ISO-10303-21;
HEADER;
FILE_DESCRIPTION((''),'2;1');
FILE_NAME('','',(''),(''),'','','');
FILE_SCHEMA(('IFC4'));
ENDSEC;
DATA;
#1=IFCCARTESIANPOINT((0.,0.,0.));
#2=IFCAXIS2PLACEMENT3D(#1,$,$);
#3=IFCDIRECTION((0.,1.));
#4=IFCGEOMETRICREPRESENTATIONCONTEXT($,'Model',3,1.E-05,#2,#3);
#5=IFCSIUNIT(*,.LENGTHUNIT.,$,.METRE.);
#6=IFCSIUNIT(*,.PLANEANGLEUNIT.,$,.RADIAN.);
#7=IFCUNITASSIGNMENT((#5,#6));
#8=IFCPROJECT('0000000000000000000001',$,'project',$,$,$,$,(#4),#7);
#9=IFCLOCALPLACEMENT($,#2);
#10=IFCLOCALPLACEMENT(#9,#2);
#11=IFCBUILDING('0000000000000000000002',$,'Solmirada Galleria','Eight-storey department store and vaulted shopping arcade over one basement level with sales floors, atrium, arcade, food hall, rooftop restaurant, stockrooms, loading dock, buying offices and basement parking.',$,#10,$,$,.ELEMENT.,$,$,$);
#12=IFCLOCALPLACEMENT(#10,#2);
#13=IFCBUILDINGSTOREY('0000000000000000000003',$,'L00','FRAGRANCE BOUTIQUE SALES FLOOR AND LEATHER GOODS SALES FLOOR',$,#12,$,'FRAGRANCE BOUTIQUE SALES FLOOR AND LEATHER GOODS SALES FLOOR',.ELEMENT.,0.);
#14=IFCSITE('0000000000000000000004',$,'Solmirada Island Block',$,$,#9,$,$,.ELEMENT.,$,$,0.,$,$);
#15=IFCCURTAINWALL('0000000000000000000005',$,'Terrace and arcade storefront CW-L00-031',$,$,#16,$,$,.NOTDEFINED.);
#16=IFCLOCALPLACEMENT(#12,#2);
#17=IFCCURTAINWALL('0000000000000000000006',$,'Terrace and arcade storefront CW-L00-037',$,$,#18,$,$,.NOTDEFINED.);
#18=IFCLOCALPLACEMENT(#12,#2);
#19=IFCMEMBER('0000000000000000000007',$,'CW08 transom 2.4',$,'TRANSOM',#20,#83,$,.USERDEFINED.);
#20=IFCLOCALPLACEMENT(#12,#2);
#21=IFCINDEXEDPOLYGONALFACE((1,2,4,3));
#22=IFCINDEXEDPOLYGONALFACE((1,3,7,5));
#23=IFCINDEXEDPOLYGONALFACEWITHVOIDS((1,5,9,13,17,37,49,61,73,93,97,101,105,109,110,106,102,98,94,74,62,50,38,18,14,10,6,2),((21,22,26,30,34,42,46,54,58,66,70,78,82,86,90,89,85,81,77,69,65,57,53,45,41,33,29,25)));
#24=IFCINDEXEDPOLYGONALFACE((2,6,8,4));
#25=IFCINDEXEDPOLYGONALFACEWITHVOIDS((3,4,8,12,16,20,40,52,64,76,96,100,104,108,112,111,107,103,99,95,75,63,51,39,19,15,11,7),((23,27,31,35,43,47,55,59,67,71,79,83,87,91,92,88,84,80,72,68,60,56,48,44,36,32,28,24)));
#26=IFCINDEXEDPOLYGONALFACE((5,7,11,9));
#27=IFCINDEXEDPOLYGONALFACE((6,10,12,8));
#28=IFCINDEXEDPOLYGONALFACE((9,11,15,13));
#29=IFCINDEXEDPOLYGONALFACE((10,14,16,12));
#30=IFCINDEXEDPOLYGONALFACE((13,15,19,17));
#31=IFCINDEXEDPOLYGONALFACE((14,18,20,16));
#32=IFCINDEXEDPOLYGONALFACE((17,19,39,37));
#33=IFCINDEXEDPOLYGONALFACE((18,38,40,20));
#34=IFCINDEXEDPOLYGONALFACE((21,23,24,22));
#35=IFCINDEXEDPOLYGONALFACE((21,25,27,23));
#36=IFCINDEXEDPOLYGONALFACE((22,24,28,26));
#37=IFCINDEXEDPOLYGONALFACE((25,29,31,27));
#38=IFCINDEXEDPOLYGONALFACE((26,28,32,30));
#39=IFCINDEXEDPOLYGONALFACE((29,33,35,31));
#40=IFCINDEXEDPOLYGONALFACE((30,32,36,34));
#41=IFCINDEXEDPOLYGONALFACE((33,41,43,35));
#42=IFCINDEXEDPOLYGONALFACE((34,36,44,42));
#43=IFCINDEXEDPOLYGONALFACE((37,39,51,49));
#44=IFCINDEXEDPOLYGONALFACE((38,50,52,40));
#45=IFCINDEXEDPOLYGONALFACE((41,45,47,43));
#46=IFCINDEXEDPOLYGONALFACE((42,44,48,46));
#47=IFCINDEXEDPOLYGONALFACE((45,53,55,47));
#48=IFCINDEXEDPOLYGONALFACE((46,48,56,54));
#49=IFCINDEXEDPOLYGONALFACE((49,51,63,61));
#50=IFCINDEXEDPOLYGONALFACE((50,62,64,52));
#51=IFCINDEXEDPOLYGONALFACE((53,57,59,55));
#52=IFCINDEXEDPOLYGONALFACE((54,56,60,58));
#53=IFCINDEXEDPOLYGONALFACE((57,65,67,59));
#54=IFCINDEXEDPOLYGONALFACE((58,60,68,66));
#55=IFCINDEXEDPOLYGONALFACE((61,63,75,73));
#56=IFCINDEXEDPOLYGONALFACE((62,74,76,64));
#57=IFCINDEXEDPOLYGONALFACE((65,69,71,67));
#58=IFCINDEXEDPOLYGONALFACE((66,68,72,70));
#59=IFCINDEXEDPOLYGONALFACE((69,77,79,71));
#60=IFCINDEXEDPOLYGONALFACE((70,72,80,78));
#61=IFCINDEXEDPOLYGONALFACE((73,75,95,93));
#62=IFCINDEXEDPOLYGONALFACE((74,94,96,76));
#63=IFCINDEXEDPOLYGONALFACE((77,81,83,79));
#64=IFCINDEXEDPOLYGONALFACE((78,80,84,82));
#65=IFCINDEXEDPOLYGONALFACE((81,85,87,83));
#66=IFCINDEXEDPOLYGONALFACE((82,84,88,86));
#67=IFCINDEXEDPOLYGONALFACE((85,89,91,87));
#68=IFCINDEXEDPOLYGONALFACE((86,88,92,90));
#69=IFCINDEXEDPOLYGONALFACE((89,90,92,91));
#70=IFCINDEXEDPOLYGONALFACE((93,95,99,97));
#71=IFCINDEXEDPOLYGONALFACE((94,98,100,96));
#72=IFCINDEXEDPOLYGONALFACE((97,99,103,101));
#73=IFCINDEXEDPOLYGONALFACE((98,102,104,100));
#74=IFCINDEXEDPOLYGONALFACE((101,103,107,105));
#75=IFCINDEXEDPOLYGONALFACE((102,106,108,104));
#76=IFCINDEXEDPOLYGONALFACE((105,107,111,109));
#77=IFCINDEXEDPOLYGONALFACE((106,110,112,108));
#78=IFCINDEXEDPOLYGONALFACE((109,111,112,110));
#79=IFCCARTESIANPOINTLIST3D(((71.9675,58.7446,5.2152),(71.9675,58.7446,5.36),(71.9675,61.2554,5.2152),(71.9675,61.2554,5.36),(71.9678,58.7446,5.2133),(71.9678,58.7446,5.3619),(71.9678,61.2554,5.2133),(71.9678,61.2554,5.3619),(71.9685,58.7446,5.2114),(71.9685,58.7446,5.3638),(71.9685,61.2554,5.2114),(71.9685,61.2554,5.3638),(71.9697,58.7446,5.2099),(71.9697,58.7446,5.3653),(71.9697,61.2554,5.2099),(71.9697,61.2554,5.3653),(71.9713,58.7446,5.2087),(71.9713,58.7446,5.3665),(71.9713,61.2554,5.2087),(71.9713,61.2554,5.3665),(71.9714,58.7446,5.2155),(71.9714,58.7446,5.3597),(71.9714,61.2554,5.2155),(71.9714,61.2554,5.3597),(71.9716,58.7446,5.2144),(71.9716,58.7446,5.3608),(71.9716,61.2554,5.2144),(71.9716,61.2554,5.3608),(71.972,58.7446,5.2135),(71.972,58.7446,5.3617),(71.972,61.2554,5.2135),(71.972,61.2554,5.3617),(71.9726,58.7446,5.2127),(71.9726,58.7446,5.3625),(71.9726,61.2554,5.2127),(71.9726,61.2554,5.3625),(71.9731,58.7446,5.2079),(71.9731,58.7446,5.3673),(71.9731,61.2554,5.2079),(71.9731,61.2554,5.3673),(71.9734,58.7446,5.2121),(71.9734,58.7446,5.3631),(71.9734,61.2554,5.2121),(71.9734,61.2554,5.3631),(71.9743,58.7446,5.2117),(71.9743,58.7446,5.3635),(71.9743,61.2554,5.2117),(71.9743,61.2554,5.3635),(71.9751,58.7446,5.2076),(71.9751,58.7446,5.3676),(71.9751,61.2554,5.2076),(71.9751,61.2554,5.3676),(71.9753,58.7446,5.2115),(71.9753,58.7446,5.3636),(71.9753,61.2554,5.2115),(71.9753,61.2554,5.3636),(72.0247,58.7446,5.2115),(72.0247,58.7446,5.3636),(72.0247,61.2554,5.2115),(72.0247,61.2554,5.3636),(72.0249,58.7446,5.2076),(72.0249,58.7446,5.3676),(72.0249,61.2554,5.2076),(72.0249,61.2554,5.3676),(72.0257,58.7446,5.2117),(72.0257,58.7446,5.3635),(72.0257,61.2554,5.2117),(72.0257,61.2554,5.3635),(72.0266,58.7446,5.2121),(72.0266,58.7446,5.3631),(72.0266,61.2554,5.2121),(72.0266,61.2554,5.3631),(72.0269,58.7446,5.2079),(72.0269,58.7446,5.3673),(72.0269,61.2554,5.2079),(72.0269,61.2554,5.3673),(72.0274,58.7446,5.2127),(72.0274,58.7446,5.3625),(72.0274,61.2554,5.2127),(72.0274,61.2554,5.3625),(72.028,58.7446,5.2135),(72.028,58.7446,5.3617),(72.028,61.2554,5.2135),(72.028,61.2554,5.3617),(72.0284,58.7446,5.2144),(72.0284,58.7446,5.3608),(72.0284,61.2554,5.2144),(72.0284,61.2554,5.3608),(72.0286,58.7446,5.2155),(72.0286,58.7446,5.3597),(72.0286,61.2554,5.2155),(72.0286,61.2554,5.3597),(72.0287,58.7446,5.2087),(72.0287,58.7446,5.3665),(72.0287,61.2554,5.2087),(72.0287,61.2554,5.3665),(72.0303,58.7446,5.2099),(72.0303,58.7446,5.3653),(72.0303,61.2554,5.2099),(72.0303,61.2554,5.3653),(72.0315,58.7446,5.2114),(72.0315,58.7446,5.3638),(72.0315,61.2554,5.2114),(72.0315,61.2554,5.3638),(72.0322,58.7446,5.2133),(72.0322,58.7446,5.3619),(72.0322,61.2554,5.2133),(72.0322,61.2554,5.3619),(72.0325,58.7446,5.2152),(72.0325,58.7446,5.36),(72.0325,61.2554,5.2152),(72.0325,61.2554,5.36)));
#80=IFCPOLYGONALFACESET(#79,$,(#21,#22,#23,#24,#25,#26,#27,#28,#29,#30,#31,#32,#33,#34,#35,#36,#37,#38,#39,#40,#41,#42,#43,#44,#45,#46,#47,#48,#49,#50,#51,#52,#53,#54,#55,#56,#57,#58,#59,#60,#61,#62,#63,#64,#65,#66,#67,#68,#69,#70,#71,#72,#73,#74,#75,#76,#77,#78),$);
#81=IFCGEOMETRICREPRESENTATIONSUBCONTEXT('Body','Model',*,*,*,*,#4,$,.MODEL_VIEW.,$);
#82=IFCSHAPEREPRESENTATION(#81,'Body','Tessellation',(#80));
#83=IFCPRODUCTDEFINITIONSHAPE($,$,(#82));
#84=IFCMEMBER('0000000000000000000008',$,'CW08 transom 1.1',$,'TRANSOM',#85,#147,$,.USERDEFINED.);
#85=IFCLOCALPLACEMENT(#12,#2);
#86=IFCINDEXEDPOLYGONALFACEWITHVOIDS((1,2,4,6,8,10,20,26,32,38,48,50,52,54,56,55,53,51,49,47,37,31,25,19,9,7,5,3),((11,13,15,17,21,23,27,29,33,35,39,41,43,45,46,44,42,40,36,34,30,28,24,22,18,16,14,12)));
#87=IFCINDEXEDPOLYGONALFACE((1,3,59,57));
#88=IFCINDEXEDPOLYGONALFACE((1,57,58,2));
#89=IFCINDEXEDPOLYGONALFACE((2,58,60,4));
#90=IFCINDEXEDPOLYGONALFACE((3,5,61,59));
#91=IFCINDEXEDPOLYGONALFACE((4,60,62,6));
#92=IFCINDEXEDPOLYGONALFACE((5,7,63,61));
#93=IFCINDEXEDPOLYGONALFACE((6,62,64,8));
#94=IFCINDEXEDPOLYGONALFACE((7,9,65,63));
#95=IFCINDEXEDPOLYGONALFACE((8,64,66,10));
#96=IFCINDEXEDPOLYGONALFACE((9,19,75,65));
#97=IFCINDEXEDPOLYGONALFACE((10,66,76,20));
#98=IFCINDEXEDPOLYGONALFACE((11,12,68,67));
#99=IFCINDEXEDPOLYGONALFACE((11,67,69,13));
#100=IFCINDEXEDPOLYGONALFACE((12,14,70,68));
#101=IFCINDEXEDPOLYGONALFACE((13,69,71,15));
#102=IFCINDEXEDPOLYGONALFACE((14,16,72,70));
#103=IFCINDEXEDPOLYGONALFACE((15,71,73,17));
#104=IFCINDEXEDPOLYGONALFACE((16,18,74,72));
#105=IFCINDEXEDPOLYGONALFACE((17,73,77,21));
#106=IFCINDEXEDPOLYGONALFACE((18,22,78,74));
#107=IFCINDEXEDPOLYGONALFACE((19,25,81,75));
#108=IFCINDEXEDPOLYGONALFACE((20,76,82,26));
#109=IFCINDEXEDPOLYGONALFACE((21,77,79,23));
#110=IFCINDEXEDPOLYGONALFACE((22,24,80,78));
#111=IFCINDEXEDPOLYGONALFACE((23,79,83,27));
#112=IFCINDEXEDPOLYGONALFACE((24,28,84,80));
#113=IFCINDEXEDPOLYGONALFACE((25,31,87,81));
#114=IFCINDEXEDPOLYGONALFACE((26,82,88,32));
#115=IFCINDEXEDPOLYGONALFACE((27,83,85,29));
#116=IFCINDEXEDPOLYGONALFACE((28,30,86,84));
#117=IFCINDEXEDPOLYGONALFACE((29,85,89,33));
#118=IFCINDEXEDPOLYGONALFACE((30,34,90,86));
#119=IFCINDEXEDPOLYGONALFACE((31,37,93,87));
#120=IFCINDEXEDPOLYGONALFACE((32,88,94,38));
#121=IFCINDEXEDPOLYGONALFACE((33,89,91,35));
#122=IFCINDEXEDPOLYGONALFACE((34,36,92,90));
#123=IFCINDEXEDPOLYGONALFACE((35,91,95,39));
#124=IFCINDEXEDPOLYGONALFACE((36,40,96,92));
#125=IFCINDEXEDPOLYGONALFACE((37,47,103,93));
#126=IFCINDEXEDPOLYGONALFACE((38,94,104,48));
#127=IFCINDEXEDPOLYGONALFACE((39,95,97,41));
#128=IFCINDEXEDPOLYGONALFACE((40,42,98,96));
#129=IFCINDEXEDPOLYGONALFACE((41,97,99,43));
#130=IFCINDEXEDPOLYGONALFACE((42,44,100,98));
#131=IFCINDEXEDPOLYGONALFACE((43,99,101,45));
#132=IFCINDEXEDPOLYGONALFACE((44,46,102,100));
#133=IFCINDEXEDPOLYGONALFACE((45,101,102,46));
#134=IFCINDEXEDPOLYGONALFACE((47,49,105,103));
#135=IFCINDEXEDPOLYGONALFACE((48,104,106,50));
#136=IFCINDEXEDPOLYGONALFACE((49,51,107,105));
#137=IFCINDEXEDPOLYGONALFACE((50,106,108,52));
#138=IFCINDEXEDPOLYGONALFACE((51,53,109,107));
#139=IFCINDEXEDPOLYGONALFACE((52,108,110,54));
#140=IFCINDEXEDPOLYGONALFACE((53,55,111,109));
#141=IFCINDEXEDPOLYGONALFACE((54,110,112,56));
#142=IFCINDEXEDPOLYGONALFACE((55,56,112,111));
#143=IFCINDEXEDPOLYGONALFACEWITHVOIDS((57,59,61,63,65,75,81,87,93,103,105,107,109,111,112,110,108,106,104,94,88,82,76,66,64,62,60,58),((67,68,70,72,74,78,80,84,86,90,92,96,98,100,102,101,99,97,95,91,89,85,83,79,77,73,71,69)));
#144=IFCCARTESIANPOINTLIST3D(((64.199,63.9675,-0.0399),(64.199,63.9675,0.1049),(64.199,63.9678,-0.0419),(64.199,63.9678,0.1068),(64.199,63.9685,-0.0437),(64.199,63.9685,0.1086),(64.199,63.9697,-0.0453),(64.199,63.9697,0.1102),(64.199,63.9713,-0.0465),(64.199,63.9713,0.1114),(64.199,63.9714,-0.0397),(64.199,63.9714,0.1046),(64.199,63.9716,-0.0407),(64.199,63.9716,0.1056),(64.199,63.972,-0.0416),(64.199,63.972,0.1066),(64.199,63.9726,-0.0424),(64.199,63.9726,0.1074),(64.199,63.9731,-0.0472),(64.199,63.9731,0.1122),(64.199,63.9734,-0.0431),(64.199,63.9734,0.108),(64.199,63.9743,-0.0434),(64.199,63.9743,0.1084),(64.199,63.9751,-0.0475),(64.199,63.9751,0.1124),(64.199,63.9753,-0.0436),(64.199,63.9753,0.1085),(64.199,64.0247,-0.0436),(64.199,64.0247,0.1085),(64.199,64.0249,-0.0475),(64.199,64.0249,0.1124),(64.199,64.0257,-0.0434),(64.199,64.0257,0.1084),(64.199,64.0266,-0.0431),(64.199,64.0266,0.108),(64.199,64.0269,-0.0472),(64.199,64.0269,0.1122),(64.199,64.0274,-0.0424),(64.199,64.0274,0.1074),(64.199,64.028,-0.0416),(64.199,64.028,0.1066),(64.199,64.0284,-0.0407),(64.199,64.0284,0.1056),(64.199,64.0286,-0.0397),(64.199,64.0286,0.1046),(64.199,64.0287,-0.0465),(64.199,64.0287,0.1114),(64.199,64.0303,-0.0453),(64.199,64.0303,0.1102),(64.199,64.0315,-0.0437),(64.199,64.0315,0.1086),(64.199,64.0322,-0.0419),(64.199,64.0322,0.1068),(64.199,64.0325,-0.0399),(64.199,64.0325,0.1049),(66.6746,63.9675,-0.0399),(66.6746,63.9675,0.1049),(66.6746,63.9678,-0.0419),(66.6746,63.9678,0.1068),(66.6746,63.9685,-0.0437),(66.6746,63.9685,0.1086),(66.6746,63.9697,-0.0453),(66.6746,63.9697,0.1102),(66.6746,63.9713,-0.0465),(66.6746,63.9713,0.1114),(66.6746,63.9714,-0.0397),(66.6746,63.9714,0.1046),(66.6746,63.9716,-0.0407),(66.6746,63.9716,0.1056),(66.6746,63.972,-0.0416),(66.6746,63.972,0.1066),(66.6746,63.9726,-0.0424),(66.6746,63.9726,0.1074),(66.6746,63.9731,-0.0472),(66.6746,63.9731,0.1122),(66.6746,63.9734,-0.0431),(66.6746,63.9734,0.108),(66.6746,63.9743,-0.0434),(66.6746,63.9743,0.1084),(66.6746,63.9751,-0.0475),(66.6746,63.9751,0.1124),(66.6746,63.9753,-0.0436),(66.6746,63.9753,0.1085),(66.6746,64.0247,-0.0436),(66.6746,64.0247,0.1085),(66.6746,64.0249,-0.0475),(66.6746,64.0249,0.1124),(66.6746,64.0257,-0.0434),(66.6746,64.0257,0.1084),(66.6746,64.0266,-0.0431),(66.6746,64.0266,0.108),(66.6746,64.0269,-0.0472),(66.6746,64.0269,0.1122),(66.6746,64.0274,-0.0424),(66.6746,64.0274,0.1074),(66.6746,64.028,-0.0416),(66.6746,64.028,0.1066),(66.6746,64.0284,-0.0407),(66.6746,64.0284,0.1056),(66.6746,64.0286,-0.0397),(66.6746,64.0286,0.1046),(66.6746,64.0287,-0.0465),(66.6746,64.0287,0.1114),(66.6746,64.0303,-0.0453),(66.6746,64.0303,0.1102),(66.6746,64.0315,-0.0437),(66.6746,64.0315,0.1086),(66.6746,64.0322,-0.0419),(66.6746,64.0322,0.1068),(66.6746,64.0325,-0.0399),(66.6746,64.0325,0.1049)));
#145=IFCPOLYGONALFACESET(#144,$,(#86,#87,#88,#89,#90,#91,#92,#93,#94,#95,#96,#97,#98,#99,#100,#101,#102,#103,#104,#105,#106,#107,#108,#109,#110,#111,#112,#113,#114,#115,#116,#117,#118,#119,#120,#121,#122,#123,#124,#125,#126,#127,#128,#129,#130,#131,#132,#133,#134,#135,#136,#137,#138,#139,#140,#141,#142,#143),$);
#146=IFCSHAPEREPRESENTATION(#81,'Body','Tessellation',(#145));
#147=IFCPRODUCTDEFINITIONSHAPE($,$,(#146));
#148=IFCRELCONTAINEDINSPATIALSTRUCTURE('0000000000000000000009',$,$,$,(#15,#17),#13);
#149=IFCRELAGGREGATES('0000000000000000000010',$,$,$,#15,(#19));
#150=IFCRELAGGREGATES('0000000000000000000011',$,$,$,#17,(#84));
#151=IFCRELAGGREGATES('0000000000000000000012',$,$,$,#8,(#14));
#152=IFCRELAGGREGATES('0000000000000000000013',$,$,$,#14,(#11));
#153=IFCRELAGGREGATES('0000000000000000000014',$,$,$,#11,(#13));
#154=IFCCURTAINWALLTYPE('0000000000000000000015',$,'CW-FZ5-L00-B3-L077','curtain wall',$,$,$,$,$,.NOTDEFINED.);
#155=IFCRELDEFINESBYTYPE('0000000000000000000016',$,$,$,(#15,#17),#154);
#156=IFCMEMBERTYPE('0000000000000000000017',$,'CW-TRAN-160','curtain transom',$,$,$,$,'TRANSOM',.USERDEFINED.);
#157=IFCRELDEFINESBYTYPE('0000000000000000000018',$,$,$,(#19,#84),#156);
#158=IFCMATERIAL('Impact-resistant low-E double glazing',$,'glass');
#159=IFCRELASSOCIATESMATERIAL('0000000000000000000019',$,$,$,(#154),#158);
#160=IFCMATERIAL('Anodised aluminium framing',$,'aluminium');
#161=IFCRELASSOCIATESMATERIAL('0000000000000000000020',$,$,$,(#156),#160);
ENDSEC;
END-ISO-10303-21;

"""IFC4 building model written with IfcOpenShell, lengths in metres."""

from ifc_helpers import new_model, si_unit, direction, frame, origin, origin_2d, place, context, subcontext, project, spatial, hollow_rectangle, extrude, material, material_profile, profile_set, type_object, element, aggregate, save


model = new_model("IFC4")

# Units and contexts
model_context = context("Model", 3, precision=1e-05, world=origin(), true_north=direction((0.0, 1.0)))
body_context = subcontext(model_context, "Body", "Model", "MODEL_VIEW")
ifc_project = project(units=[si_unit("LENGTHUNIT", "METRE"), si_unit("PLANEANGLEUNIT", "RADIAN")], contexts=[model_context])

# Site, building, storey
site_placement = place(None, origin())
site = spatial("IfcSite", under=ifc_project, at=site_placement, Name="Solmirada Island Block", CompositionType="ELEMENT", RefElevation=0.0)
building_placement = place(site_placement, origin())
building = spatial("IfcBuilding", under=site, at=building_placement, Name="Solmirada Galleria", Description="Eight-storey department store and vaulted shopping arcade over one basement level with sales floors, atrium, arcade, food hall, rooftop restaurant, stockrooms, loading dock, buying offices and basement parking.", CompositionType="ELEMENT")
storey_placement = place(building_placement, origin())
storey = spatial("IfcBuildingStorey", under=building, at=storey_placement, Name="L00", Description="FRAGRANCE BOUTIQUE SALES FLOOR AND LEATHER GOODS SALES FLOOR", LongName="FRAGRANCE BOUTIQUE SALES FLOOR AND LEATHER GOODS SALES FLOOR", CompositionType="ELEMENT", Elevation=0.0)

# Curtain walls
ifc_material_1 = material(Name="Impact-resistant low-E double glazing", Category="glass")
curtain_wall_type = type_object("IfcCurtainWallType", Name="CW-FZ5-L00-B3-L077", Description="curtain wall", PredefinedType="NOTDEFINED", material=ifc_material_1)
curtain_wall_1_placement = place(storey_placement, origin())
curtain_wall_1 = element("IfcCurtainWall", 1, at=curtain_wall_1_placement, inside=storey, type_object=curtain_wall_type, Name="Terrace and arcade storefront CW-L00-031", PredefinedType="NOTDEFINED")
ifc_material_2 = material(Name="Anodised aluminium framing", Category="aluminium")
curtain_wall_2_placement = place(storey_placement, origin())
curtain_wall_2 = element("IfcCurtainWall", 2, at=curtain_wall_2_placement, inside=storey, type_object=curtain_wall_type, Name="Terrace and arcade storefront CW-L00-037", PredefinedType="NOTDEFINED")

# Members
ifc_material_profile_1 = material_profile(ifc_material_2, hollow_rectangle(XDim=0.0649, YDim=0.1599, WallThickness=0.0039, InnerFilletRadius=0.0039, OuterFilletRadius=0.0076, at=origin_2d()), Name="ALU-TRAN-160X65")
ifc_profile_set_1 = profile_set([ifc_material_profile_1], Name="Anodised aluminium framing")
member_type_1 = type_object("IfcMemberType", Name="CW-TRAN-160", Description="curtain transom", ElementType="TRANSOM", PredefinedType="USERDEFINED", material=ifc_profile_set_1)
member_1_placement = place(storey_placement, frame((72.0, 61.2554, 5.2876), z_axis=(0.0, -1.0, 0.0), x_axis=(1.0, 0.0, 0.0)))
member_1 = element("IfcMember", 3, at=member_1_placement, type_object=member_type_1, Name="CW08 transom 2.4", ObjectType="TRANSOM", PredefinedType="USERDEFINED", context=body_context, shape_type="SweptSolid", body=[
    extrude(hollow_rectangle(XDim=0.0649, YDim=0.1599, WallThickness=0.0039, InnerFilletRadius=0.0039, OuterFilletRadius=0.0076, at=origin_2d()), origin(), (0.0, 0.0, 1.0), 2.5107),
])
member_2_placement = place(storey_placement, frame((64.199, 64.0, 0.0325), z_axis=(1.0, 0.0, 0.0), x_axis=(0.0, 1.0, 0.0)))
member_2 = element("IfcMember", 4, at=member_2_placement, type_object=member_type_1, Name="CW08 transom 1.1", ObjectType="TRANSOM", PredefinedType="USERDEFINED", context=body_context, shape_type="SweptSolid", body=[
    extrude(hollow_rectangle(XDim=0.0649, YDim=0.1599, WallThickness=0.0039, InnerFilletRadius=0.0039, OuterFilletRadius=0.0076, at=origin_2d()), origin(), (0.0, 0.0, 1.0), 2.4756),
])

aggregate(curtain_wall_1, [member_1])
aggregate(curtain_wall_2, [member_2])

save(model, "model.ifc")
